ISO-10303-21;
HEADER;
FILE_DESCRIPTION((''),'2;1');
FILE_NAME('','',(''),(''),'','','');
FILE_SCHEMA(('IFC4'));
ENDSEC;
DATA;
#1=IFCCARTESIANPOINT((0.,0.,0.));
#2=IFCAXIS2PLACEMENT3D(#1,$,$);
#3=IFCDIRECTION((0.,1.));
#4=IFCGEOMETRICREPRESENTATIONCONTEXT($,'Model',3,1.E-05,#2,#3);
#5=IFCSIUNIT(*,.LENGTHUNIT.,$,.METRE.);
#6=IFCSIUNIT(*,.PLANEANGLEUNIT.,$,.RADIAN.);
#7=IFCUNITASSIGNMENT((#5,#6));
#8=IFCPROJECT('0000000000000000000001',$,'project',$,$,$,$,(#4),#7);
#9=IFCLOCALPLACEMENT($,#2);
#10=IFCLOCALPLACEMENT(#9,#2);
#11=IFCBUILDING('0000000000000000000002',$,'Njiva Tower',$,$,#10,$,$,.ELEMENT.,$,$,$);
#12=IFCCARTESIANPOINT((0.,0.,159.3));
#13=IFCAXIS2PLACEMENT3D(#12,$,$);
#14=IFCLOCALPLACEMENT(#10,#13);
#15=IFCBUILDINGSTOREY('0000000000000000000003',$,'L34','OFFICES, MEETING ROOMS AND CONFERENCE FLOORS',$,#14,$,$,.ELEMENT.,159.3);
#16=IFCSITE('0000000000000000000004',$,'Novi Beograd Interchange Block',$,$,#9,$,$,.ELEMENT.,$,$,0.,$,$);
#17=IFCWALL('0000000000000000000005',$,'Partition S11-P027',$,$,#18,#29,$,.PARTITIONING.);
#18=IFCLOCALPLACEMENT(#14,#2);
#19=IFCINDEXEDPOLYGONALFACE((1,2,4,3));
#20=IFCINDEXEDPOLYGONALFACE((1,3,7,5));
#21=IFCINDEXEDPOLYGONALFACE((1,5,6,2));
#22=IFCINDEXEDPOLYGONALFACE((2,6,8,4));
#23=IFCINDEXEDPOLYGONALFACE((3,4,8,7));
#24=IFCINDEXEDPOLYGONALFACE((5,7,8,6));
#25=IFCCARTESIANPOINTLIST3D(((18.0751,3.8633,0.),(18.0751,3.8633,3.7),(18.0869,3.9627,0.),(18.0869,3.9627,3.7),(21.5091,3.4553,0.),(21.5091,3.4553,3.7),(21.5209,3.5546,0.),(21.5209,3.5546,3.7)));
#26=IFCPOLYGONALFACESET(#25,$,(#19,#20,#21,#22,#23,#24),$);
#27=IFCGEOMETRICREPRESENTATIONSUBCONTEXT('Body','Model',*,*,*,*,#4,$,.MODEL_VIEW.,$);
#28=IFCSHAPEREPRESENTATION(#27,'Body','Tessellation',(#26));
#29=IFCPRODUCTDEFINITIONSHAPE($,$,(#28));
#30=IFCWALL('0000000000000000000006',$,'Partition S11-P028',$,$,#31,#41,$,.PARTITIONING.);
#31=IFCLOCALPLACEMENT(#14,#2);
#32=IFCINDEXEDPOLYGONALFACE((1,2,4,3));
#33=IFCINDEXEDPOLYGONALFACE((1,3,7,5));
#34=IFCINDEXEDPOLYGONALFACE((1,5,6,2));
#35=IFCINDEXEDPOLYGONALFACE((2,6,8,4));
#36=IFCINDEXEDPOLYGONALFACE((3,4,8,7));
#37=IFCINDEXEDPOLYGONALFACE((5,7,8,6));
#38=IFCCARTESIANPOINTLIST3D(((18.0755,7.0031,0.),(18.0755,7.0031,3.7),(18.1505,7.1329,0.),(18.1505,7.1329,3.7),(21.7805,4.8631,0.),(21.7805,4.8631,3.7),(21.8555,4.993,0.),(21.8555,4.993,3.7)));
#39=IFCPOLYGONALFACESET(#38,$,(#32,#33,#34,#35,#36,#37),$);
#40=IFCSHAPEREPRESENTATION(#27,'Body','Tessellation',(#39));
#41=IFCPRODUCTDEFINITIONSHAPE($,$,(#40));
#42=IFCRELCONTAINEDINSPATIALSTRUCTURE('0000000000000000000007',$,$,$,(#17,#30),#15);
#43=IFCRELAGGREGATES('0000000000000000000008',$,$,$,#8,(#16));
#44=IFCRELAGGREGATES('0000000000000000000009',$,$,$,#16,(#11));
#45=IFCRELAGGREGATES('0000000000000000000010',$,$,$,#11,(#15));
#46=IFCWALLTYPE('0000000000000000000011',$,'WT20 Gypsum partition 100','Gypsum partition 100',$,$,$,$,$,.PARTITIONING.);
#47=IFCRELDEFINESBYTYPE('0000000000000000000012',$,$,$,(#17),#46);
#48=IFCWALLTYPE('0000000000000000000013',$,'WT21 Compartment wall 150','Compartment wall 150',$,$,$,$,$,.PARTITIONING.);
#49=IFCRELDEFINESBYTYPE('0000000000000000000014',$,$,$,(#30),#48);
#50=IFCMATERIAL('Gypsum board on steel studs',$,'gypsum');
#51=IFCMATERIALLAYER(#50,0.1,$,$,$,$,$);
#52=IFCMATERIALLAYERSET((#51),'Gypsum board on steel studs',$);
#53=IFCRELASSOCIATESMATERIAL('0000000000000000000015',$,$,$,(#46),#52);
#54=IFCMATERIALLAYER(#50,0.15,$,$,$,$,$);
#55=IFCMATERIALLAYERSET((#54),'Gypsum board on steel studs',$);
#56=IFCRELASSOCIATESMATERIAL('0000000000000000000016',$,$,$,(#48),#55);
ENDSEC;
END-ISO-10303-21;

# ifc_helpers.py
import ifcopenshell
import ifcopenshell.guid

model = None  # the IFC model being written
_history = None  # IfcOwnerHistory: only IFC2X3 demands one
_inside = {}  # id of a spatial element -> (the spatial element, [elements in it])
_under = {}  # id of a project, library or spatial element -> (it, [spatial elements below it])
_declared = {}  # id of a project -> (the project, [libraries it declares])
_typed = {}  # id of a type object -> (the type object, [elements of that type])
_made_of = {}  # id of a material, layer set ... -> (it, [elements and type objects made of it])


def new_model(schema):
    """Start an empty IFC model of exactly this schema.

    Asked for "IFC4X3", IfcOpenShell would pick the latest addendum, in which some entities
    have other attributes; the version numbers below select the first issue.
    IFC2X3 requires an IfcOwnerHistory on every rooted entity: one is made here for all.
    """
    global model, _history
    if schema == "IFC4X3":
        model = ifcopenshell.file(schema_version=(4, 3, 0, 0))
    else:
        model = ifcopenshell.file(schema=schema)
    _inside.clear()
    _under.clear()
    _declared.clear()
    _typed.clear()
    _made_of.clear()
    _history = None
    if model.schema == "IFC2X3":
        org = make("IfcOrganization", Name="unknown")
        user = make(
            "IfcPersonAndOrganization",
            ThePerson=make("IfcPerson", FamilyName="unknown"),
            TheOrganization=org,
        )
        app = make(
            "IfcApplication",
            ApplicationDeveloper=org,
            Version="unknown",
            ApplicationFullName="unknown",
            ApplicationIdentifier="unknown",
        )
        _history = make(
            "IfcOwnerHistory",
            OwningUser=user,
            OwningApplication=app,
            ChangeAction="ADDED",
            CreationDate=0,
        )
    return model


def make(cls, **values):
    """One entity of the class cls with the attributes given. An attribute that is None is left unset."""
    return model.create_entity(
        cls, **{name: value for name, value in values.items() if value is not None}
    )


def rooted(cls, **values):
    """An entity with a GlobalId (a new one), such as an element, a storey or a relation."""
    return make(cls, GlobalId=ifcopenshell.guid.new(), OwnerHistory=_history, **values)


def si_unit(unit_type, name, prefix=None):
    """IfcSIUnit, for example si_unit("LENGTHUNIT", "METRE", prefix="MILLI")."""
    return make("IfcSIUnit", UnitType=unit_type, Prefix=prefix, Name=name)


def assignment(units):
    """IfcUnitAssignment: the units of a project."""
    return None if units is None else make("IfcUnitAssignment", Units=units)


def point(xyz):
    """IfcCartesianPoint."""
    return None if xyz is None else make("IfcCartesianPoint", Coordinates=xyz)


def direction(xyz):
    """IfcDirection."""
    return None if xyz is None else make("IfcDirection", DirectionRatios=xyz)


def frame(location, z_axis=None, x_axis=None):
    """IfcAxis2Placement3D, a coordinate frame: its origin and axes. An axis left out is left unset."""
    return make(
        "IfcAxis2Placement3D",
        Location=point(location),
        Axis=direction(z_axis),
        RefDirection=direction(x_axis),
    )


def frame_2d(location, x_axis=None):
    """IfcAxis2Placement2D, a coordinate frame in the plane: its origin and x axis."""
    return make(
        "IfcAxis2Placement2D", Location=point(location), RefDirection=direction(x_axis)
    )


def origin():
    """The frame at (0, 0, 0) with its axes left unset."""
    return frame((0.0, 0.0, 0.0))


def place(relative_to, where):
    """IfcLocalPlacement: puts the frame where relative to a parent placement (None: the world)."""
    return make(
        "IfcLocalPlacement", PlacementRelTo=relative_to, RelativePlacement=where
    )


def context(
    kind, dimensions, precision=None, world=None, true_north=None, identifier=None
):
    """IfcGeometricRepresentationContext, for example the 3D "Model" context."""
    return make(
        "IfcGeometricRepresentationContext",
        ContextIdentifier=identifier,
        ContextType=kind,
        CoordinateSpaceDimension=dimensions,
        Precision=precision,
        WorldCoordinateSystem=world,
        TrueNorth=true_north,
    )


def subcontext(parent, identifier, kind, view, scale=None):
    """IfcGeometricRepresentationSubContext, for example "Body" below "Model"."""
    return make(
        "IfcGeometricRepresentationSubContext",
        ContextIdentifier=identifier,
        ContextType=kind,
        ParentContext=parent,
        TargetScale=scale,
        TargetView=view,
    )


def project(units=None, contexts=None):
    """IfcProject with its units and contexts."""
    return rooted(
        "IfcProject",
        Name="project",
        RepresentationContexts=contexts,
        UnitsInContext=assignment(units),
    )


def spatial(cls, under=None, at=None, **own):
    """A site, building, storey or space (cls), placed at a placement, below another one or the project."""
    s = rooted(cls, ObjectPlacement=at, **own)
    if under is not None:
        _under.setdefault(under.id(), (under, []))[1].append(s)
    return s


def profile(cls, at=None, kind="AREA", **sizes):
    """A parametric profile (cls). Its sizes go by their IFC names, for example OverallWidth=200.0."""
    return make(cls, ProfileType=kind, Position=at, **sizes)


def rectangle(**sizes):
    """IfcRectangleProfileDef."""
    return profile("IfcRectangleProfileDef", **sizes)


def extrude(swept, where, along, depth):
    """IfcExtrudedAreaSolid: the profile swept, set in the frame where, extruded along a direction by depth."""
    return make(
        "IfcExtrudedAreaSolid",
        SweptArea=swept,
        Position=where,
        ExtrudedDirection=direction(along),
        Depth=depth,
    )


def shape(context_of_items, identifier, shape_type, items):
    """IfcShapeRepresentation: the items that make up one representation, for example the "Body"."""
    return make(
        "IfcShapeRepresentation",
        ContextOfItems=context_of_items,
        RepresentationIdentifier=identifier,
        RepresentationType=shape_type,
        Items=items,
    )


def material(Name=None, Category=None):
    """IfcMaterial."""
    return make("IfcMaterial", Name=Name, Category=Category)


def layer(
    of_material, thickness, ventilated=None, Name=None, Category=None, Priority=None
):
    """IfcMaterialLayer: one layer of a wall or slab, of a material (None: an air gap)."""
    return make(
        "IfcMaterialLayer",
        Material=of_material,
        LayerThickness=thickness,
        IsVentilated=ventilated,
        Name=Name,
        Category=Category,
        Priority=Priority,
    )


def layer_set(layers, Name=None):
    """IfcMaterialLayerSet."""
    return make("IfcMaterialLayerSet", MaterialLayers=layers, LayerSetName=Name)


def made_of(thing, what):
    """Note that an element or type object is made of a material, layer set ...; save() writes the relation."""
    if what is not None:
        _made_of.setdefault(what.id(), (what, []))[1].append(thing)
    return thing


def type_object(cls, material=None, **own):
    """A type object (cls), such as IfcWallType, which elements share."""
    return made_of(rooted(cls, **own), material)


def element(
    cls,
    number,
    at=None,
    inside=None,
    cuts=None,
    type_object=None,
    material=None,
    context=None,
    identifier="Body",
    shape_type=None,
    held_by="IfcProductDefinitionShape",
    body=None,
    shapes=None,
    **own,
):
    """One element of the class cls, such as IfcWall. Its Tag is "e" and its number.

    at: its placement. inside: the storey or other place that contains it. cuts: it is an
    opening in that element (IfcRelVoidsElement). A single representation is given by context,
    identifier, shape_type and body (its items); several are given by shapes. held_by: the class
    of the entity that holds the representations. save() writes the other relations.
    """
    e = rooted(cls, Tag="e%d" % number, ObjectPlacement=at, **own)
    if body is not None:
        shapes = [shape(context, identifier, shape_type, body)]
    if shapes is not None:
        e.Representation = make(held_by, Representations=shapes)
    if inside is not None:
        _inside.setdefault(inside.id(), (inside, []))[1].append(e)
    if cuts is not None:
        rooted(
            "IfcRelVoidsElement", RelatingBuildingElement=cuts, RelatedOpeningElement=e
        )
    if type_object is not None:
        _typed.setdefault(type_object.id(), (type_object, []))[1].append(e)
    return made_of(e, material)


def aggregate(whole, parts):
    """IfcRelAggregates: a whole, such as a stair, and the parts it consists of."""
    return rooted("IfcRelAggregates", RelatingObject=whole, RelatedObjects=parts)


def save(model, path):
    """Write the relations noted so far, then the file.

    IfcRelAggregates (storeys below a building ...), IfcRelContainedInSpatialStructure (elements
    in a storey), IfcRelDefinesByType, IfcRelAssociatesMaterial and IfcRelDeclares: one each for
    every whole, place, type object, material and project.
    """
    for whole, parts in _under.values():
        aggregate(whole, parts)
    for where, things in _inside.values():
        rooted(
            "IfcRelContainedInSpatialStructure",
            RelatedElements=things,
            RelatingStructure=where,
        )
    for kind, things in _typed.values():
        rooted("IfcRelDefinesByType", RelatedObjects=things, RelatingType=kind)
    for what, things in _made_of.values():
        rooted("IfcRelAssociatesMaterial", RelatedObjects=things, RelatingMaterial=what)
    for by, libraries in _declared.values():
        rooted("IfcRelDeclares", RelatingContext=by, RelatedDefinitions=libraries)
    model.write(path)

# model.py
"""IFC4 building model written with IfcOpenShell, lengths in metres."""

from ifc_helpers import new_model, si_unit, direction, frame, frame_2d, origin, place, context, subcontext, project, spatial, rectangle, extrude, material, layer, layer_set, type_object, element, save


model = new_model("IFC4")

# Units and contexts
model_context = context("Model", 3, precision=1e-05, world=origin(), true_north=direction((0.0, 1.0)))
body_context = subcontext(model_context, "Body", "Model", "MODEL_VIEW")
ifc_project = project(units=[si_unit("LENGTHUNIT", "METRE"), si_unit("PLANEANGLEUNIT", "RADIAN")], contexts=[model_context])

# Site, building, storey
site_placement = place(None, origin())
site = spatial("IfcSite", under=ifc_project, at=site_placement, Name="Novi Beograd Interchange Block", CompositionType="ELEMENT", RefElevation=0.0)
building_placement = place(site_placement, origin())
building = spatial("IfcBuilding", under=site, at=building_placement, Name="Njiva Tower", CompositionType="ELEMENT")
storey_placement = place(building_placement, frame((0.0, 0.0, 159.3)))
storey = spatial("IfcBuildingStorey", under=building, at=storey_placement, Name="L34", Description="OFFICES, MEETING ROOMS AND CONFERENCE FLOORS", CompositionType="ELEMENT", Elevation=159.3)

# Walls
ifc_material_1 = material(Name="Gypsum board on steel studs", Category="gypsum")
ifc_layer_1 = layer(ifc_material_1, 0.1)
ifc_layer_set_1 = layer_set([ifc_layer_1], Name="Gypsum board on steel studs")
wall_type_1 = type_object("IfcWallType", Name="WT20 Gypsum partition 100", Description="Gypsum partition 100", PredefinedType="PARTITIONING", material=ifc_layer_set_1)
wall_1_placement = place(storey_placement, frame((18.081, 3.913, 0.0), z_axis=(0.0, 0.0, 1.0), x_axis=(0.993016, -0.117982, 0.0)))
element("IfcWall", 1, at=wall_1_placement, inside=storey, type_object=wall_type_1, Name="Partition S11-P027", PredefinedType="PARTITIONING", context=body_context, shape_type="SweptSolid", body=[
    extrude(rectangle(XDim=3.4582, YDim=0.1, at=frame_2d((1.7291, 0.0))), origin(), (0.0, 0.0, 1.0), 3.7),
])
ifc_layer_2 = layer(ifc_material_1, 0.15)
ifc_layer_set_2 = layer_set([ifc_layer_2], Name="Gypsum board on steel studs")
wall_type_2 = type_object("IfcWallType", Name="WT21 Compartment wall 150", Description="Compartment wall 150", PredefinedType="PARTITIONING", material=ifc_layer_set_2)
wall_2_placement = place(storey_placement, frame((18.113, 7.068, 0.0), z_axis=(0.0, 0.0, 1.0), x_axis=(0.865933, -0.500161, 0.0)))
element("IfcWall", 2, at=wall_2_placement, inside=storey, type_object=wall_type_2, Name="Partition S11-P028", PredefinedType="PARTITIONING", context=body_context, shape_type="SweptSolid", body=[
    extrude(rectangle(XDim=4.2786, YDim=0.15, at=frame_2d((2.1393, 0.0))), origin(), (0.0, 0.0, 1.0), 3.7),
])

save(model, "model.ifc")
